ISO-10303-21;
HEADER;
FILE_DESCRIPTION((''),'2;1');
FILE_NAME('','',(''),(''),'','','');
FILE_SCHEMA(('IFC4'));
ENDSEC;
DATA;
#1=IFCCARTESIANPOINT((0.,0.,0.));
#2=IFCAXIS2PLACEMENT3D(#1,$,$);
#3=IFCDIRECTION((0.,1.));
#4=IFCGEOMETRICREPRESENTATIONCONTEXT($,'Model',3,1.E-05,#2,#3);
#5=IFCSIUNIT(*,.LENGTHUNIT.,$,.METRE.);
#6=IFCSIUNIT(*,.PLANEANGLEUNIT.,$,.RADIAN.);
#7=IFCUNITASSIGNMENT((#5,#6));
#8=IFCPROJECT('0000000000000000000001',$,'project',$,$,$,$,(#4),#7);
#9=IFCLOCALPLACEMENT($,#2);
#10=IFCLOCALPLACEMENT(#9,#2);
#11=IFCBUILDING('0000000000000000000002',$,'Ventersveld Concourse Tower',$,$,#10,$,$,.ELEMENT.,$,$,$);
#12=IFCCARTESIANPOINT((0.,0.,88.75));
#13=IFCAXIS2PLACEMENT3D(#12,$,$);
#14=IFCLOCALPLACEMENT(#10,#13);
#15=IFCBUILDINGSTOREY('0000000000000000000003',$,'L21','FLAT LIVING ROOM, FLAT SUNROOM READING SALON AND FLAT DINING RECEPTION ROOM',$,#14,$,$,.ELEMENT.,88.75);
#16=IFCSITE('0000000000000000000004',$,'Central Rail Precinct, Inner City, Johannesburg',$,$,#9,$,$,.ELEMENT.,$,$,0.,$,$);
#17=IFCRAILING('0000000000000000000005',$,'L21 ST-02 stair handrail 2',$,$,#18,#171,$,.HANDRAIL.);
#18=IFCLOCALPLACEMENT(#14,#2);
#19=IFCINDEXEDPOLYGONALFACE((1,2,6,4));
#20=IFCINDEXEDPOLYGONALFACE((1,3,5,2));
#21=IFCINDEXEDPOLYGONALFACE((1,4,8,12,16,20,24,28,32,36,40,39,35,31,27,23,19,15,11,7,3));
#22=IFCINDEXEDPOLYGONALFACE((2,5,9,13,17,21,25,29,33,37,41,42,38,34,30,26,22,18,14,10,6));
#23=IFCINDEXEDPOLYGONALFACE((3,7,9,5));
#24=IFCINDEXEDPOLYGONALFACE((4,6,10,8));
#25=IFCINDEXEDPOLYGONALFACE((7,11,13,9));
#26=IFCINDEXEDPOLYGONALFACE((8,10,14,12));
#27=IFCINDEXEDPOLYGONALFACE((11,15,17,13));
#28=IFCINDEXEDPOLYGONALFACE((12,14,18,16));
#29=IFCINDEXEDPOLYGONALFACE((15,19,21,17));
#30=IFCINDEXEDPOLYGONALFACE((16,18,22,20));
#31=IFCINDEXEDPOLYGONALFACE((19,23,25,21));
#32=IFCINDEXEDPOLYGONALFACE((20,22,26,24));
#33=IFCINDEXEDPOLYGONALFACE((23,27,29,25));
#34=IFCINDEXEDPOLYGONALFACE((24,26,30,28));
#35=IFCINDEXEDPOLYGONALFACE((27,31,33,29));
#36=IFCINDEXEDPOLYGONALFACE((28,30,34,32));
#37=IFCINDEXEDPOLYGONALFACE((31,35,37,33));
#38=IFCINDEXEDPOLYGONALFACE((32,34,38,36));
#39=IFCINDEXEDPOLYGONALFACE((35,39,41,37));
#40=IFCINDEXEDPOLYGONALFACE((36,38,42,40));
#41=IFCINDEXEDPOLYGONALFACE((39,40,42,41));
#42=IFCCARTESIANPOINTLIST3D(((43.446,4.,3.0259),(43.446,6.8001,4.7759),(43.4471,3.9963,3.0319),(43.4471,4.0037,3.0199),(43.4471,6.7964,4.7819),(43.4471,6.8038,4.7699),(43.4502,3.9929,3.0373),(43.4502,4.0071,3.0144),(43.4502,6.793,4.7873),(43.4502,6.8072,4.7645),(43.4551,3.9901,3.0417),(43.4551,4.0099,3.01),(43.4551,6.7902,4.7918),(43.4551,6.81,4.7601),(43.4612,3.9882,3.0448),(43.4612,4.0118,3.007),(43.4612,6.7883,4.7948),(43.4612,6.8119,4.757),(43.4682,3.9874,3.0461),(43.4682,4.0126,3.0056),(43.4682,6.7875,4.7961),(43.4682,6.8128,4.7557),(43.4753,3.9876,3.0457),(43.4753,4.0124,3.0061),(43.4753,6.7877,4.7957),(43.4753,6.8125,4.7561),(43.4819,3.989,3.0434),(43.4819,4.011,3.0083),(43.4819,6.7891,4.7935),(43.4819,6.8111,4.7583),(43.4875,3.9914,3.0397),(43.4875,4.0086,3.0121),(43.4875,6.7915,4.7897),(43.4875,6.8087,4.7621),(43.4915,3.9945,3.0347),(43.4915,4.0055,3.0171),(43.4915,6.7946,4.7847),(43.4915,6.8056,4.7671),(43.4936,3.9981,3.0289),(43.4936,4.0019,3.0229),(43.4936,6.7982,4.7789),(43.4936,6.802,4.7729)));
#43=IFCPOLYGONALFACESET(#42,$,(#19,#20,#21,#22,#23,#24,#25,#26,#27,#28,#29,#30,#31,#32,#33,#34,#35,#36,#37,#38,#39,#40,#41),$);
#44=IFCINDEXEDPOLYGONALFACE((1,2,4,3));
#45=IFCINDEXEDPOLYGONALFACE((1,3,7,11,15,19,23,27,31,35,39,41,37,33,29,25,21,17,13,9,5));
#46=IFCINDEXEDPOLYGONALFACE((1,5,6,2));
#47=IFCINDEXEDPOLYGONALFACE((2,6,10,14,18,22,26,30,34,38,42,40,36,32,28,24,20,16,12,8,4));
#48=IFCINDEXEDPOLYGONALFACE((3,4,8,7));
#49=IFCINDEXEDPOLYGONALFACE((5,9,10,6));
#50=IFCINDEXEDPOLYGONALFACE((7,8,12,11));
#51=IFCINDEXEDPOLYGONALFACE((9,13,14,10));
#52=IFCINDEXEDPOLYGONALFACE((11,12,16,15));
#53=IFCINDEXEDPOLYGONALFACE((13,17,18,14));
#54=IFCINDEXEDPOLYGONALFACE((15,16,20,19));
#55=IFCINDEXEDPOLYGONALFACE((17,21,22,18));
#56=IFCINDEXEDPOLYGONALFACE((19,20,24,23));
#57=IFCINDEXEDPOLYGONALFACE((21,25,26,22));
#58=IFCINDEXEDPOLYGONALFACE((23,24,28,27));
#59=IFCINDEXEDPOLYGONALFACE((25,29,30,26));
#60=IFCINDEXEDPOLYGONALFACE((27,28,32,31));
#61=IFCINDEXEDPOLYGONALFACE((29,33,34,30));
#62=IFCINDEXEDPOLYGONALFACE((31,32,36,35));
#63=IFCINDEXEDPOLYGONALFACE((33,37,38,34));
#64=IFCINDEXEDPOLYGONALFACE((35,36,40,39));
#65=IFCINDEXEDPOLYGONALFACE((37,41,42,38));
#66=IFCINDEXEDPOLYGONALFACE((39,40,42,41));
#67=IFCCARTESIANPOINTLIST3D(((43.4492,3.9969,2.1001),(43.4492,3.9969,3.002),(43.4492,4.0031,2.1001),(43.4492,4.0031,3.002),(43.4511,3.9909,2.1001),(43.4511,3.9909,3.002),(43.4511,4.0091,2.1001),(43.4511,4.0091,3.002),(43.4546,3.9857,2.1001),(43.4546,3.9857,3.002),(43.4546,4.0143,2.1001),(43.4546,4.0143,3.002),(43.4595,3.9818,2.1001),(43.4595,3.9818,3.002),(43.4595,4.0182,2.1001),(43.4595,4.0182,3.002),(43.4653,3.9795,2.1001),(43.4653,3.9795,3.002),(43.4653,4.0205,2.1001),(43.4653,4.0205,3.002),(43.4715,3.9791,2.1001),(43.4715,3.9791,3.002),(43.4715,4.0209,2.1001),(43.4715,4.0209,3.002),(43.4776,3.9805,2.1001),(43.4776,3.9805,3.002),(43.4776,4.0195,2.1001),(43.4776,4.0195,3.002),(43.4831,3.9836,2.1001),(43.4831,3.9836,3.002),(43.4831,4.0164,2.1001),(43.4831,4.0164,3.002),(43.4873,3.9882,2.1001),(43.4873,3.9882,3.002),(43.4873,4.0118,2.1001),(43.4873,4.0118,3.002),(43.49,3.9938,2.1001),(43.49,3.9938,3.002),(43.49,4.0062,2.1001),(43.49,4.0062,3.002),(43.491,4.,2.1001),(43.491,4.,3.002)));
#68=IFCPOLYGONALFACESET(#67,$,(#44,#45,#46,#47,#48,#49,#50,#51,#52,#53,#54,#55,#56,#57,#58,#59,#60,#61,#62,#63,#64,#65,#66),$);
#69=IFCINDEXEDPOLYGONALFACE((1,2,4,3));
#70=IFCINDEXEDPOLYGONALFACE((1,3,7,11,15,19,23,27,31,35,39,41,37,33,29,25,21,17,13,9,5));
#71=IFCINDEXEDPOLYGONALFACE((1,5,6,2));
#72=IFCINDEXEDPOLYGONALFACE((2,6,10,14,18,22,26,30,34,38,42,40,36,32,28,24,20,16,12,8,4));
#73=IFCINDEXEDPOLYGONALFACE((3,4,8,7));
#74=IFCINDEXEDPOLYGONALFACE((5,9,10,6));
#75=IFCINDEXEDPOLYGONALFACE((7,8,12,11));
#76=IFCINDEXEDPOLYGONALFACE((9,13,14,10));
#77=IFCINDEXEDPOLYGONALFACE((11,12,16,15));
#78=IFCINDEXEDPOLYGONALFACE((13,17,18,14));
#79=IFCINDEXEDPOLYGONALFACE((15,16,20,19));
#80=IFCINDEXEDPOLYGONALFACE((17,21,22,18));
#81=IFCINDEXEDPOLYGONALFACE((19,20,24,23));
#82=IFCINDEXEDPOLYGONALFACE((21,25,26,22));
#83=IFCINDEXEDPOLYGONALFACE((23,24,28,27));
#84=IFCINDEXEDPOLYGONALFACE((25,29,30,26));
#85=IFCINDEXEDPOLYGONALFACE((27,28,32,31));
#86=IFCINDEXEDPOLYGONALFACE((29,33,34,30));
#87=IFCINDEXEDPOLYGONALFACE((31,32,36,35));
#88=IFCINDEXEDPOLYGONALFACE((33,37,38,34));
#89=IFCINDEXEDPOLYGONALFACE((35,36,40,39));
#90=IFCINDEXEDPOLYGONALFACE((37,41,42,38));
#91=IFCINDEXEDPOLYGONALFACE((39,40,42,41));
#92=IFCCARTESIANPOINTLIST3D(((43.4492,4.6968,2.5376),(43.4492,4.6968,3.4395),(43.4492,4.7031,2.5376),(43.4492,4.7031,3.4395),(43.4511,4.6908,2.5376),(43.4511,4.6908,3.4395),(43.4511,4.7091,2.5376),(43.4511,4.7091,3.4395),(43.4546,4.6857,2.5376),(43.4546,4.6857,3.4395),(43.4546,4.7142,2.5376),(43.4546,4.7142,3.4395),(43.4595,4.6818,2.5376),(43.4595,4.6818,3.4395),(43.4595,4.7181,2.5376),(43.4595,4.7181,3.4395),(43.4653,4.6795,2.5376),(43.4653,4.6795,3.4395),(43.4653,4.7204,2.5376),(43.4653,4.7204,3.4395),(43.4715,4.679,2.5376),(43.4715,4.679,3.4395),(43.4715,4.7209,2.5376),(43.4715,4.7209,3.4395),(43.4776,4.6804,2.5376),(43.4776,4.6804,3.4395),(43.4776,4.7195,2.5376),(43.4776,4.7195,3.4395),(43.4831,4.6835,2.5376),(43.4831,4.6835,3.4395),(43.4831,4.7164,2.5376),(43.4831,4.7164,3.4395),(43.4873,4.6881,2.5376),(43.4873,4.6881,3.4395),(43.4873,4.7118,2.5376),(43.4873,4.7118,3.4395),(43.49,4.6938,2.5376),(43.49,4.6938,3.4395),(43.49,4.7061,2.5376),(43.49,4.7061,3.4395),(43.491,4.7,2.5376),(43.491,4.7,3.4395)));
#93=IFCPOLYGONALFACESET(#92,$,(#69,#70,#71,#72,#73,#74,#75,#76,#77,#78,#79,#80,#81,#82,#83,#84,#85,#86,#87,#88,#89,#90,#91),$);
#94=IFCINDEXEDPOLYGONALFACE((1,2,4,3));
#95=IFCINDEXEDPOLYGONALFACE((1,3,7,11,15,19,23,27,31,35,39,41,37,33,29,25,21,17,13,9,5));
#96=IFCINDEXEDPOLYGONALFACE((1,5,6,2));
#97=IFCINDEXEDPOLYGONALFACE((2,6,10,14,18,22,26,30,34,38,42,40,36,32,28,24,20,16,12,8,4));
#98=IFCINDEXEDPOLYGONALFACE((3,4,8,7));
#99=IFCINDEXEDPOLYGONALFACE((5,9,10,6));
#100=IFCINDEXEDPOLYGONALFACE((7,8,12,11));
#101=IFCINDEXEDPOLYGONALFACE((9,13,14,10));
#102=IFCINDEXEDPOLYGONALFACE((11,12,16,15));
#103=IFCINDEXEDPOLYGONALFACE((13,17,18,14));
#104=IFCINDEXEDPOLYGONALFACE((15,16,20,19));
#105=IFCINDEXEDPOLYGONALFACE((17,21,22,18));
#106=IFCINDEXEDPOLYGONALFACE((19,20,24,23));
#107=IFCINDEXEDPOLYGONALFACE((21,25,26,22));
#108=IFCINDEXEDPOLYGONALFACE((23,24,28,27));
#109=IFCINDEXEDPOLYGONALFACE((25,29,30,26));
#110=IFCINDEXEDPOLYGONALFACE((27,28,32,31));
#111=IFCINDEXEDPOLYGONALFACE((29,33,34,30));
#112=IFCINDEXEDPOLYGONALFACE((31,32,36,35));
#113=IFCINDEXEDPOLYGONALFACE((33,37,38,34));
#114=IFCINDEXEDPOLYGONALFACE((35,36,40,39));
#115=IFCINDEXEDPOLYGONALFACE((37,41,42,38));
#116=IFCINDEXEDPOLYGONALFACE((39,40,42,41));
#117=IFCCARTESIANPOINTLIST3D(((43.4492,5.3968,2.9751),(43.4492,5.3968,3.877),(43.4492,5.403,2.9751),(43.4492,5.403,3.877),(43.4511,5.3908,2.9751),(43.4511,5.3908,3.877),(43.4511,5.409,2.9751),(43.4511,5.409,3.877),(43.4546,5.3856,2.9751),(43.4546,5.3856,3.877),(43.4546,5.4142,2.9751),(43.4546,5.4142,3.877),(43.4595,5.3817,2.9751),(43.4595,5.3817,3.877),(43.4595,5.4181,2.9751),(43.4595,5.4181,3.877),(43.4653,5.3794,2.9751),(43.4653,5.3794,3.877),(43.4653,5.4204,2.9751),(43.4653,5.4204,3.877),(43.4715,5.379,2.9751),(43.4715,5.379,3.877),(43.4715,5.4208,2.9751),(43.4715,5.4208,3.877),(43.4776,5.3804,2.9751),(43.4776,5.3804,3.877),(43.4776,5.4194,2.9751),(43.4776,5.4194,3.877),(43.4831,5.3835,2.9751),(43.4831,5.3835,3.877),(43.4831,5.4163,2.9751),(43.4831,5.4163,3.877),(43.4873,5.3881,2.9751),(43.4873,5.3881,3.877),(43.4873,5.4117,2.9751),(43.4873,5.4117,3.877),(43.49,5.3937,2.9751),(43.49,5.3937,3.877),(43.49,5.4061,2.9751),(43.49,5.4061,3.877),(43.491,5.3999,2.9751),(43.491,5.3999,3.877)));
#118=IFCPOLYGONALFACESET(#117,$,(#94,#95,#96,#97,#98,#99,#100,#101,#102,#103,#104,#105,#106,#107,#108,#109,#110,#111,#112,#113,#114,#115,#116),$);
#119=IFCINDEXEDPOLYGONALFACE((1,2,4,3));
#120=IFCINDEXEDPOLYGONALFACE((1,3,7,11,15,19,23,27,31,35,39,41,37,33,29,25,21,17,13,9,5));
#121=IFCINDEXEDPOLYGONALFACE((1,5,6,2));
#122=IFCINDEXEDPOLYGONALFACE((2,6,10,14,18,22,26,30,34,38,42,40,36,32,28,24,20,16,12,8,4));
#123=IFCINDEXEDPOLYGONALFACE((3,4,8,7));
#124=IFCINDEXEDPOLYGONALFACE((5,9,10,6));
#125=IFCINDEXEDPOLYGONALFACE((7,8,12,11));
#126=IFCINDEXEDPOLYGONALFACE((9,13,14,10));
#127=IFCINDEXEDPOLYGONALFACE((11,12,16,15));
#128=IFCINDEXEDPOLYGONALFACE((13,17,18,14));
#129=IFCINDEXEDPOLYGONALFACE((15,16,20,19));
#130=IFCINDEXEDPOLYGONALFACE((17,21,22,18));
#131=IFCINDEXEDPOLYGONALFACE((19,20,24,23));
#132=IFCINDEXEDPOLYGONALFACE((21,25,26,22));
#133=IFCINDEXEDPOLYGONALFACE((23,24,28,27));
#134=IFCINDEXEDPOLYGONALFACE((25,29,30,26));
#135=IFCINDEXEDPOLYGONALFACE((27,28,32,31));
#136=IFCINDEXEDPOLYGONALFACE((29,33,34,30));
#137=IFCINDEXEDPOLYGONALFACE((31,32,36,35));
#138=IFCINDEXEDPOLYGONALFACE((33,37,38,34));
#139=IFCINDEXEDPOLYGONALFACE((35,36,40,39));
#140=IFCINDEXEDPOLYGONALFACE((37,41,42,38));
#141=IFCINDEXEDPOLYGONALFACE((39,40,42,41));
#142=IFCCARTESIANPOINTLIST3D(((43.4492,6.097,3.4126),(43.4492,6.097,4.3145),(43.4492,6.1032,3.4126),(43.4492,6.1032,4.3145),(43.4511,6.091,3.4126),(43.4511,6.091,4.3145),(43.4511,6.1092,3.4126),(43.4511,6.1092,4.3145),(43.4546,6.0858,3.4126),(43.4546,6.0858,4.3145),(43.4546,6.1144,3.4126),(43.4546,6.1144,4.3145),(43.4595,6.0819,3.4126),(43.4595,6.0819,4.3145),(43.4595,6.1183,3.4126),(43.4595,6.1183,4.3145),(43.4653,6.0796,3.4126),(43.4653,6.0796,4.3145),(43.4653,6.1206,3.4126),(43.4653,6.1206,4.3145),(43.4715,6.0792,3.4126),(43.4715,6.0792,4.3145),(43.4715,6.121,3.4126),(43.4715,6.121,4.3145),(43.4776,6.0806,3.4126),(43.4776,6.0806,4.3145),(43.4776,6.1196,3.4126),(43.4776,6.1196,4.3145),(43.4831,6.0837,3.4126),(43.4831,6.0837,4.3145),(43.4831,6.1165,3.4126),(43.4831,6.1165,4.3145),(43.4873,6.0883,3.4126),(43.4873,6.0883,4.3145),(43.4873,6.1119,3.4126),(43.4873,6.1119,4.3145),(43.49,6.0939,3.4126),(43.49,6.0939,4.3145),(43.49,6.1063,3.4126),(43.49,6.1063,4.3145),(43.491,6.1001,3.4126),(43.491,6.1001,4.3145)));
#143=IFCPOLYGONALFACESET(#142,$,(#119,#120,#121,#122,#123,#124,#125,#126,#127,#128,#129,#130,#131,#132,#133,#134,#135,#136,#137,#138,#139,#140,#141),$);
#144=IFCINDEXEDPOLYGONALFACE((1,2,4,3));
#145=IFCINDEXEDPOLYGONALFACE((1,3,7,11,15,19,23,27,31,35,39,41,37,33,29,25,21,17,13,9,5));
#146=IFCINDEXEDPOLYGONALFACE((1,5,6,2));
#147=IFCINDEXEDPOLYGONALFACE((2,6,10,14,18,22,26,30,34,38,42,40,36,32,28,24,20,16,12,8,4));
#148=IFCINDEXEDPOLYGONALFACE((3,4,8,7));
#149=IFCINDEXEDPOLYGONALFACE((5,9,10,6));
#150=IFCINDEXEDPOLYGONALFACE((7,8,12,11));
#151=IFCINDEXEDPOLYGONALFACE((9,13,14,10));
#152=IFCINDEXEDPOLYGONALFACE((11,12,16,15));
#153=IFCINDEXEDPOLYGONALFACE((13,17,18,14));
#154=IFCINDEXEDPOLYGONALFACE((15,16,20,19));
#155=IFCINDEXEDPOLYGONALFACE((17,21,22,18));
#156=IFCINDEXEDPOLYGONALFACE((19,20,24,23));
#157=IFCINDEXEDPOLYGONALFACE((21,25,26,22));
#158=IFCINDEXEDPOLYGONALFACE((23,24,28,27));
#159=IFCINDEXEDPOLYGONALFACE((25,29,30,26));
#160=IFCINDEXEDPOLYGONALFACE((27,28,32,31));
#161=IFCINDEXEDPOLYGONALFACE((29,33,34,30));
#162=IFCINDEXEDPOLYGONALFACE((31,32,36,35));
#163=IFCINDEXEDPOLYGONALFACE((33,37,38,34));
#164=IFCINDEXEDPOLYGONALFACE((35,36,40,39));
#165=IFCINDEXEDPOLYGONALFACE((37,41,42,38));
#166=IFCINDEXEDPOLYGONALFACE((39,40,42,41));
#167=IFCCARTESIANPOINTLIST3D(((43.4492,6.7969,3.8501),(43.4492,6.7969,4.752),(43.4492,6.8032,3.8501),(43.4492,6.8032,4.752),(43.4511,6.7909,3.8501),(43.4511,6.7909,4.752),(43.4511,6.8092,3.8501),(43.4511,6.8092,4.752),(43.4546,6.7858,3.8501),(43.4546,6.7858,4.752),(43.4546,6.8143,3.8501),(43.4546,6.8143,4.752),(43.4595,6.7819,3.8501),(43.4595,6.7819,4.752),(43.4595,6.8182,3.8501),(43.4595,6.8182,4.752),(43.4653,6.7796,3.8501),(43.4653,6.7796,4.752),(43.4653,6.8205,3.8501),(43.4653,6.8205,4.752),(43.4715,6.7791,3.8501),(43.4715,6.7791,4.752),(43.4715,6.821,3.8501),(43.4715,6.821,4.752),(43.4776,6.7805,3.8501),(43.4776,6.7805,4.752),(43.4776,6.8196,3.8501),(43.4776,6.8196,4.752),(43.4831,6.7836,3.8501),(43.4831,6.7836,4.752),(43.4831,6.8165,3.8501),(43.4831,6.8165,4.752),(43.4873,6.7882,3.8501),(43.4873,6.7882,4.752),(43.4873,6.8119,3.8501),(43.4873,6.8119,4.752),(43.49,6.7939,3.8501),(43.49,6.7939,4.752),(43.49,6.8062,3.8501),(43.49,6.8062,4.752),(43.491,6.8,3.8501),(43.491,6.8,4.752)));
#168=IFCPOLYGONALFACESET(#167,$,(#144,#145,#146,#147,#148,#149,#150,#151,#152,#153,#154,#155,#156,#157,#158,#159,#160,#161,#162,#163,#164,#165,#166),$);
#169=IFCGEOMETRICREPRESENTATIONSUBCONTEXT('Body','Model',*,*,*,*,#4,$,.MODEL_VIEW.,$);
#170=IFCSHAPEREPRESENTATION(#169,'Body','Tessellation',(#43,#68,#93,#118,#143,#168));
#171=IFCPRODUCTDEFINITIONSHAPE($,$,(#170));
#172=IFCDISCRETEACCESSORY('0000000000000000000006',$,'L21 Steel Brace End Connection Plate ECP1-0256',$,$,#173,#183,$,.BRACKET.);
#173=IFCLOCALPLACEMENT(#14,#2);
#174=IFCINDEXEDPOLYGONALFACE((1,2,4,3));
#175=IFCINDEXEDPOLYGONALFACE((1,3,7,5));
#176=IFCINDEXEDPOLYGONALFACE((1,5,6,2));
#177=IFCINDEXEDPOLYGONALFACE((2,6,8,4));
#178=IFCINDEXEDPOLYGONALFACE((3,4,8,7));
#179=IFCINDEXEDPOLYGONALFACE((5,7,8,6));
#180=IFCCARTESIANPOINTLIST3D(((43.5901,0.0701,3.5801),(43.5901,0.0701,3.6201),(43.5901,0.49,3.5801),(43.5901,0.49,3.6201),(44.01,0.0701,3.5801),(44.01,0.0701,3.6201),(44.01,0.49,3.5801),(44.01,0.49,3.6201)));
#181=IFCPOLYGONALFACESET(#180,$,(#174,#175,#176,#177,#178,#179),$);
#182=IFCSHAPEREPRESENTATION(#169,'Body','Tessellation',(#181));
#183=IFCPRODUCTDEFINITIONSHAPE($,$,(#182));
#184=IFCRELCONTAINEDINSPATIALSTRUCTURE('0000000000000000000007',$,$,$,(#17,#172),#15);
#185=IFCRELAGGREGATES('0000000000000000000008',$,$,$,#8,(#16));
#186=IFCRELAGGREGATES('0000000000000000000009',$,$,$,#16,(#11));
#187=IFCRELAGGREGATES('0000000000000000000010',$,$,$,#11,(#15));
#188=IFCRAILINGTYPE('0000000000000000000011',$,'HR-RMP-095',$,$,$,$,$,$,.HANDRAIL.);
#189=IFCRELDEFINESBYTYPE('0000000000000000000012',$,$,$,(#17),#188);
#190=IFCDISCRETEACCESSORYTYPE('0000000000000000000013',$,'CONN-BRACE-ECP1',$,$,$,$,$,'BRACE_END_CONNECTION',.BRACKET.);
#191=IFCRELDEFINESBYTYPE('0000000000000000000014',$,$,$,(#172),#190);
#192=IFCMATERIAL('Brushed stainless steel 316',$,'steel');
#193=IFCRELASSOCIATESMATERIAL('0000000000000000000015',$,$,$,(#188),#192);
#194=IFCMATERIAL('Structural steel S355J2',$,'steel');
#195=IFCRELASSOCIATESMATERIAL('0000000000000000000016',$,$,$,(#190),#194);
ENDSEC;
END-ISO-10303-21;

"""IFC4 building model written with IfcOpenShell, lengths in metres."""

from ifc_helpers import new_model, si_unit, direction, frame, origin, origin_2d, place, context, subcontext, project, spatial, rectangle, circle, extrude, material, type_object, element, save


model = new_model("IFC4")

# Units and contexts
model_context = context("Model", 3, precision=1e-05, world=origin(), true_north=direction((0.0, 1.0)))
body_context = subcontext(model_context, "Body", "Model", "MODEL_VIEW")
ifc_project = project(units=[si_unit("LENGTHUNIT", "METRE"), si_unit("PLANEANGLEUNIT", "RADIAN")], contexts=[model_context])

# Site, building, storey
site_placement = place(None, origin())
site = spatial("IfcSite", under=ifc_project, at=site_placement, Name="Central Rail Precinct, Inner City, Johannesburg", CompositionType="ELEMENT", RefElevation=0.0)
building_placement = place(site_placement, origin())
building = spatial("IfcBuilding", under=site, at=building_placement, Name="Ventersveld Concourse Tower", CompositionType="ELEMENT")
storey_placement = place(building_placement, frame((0.0, 0.0, 88.75)))
storey = spatial("IfcBuildingStorey", under=building, at=storey_placement, Name="L21", Description="FLAT LIVING ROOM, FLAT SUNROOM READING SALON AND FLAT DINING RECEPTION ROOM", CompositionType="ELEMENT", Elevation=88.75)

# Shared definitions
ifc_material_1 = material(Name="Structural steel S355J2", Category="steel")

# Railing
ifc_material_2 = material(Name="Brushed stainless steel 316", Category="steel")
railing_type_1 = type_object("IfcRailingType", Name="HR-RMP-095", PredefinedType="HANDRAIL", material=ifc_material_2)
railing_1_placement = place(storey_placement, frame((43.47, 4.0, 2.1001)))
element("IfcRailing", 1, at=railing_1_placement, inside=storey, type_object=railing_type_1, Name="L21 ST-02 stair handrail 2", PredefinedType="HANDRAIL", context=body_context, shape_type="SweptSolid", body=[
    extrude(circle(Radius=0.0239, at=origin_2d()), frame((0.0, 0.0, 0.9258), z_axis=(0.0, 0.848002, 0.529992), x_axis=(-1.0, 0.0, 0.0)), (0.0, 0.0, 1.0), 3.302),
    extrude(circle(Radius=0.021, at=origin_2d()), origin(), (0.0, 0.0, 1.0), 0.9019),
    extrude(circle(Radius=0.021, at=origin_2d()), frame((0.0, 0.7, 0.4375)), (0.0, 0.0, 1.0), 0.9019),
    extrude(circle(Radius=0.021, at=origin_2d()), frame((0.0, 1.3999, 0.875)), (0.0, 0.0, 1.0), 0.9019),
    extrude(circle(Radius=0.021, at=origin_2d()), frame((0.0, 2.1001, 1.3125)), (0.0, 0.0, 1.0), 0.9019),
    extrude(circle(Radius=0.021, at=origin_2d()), frame((0.0, 2.8, 1.75)), (0.0, 0.0, 1.0), 0.9019),
])

# Discrete accessory
discrete_accessory_type = type_object("IfcDiscreteAccessoryType", Name="CONN-BRACE-ECP1", ElementType="BRACE_END_CONNECTION", PredefinedType="BRACKET", material=ifc_material_1)
discrete_accessory_placement = place(storey_placement, frame((43.8, 0.28, 3.5801), z_axis=(0.0, 0.0, 1.0), x_axis=(1.0, 0.0, 0.0)))
element("IfcDiscreteAccessory", 2, at=discrete_accessory_placement, inside=storey, type_object=discrete_accessory_type, Name="L21 Steel Brace End Connection Plate ECP1-0256", PredefinedType="BRACKET", context=body_context, shape_type="SweptSolid", body=[
    extrude(rectangle(XDim=0.4199, YDim=0.4199, at=origin_2d()), origin(), (0.0, 0.0, 1.0), 0.04),
])

save(model, "model.ifc")
